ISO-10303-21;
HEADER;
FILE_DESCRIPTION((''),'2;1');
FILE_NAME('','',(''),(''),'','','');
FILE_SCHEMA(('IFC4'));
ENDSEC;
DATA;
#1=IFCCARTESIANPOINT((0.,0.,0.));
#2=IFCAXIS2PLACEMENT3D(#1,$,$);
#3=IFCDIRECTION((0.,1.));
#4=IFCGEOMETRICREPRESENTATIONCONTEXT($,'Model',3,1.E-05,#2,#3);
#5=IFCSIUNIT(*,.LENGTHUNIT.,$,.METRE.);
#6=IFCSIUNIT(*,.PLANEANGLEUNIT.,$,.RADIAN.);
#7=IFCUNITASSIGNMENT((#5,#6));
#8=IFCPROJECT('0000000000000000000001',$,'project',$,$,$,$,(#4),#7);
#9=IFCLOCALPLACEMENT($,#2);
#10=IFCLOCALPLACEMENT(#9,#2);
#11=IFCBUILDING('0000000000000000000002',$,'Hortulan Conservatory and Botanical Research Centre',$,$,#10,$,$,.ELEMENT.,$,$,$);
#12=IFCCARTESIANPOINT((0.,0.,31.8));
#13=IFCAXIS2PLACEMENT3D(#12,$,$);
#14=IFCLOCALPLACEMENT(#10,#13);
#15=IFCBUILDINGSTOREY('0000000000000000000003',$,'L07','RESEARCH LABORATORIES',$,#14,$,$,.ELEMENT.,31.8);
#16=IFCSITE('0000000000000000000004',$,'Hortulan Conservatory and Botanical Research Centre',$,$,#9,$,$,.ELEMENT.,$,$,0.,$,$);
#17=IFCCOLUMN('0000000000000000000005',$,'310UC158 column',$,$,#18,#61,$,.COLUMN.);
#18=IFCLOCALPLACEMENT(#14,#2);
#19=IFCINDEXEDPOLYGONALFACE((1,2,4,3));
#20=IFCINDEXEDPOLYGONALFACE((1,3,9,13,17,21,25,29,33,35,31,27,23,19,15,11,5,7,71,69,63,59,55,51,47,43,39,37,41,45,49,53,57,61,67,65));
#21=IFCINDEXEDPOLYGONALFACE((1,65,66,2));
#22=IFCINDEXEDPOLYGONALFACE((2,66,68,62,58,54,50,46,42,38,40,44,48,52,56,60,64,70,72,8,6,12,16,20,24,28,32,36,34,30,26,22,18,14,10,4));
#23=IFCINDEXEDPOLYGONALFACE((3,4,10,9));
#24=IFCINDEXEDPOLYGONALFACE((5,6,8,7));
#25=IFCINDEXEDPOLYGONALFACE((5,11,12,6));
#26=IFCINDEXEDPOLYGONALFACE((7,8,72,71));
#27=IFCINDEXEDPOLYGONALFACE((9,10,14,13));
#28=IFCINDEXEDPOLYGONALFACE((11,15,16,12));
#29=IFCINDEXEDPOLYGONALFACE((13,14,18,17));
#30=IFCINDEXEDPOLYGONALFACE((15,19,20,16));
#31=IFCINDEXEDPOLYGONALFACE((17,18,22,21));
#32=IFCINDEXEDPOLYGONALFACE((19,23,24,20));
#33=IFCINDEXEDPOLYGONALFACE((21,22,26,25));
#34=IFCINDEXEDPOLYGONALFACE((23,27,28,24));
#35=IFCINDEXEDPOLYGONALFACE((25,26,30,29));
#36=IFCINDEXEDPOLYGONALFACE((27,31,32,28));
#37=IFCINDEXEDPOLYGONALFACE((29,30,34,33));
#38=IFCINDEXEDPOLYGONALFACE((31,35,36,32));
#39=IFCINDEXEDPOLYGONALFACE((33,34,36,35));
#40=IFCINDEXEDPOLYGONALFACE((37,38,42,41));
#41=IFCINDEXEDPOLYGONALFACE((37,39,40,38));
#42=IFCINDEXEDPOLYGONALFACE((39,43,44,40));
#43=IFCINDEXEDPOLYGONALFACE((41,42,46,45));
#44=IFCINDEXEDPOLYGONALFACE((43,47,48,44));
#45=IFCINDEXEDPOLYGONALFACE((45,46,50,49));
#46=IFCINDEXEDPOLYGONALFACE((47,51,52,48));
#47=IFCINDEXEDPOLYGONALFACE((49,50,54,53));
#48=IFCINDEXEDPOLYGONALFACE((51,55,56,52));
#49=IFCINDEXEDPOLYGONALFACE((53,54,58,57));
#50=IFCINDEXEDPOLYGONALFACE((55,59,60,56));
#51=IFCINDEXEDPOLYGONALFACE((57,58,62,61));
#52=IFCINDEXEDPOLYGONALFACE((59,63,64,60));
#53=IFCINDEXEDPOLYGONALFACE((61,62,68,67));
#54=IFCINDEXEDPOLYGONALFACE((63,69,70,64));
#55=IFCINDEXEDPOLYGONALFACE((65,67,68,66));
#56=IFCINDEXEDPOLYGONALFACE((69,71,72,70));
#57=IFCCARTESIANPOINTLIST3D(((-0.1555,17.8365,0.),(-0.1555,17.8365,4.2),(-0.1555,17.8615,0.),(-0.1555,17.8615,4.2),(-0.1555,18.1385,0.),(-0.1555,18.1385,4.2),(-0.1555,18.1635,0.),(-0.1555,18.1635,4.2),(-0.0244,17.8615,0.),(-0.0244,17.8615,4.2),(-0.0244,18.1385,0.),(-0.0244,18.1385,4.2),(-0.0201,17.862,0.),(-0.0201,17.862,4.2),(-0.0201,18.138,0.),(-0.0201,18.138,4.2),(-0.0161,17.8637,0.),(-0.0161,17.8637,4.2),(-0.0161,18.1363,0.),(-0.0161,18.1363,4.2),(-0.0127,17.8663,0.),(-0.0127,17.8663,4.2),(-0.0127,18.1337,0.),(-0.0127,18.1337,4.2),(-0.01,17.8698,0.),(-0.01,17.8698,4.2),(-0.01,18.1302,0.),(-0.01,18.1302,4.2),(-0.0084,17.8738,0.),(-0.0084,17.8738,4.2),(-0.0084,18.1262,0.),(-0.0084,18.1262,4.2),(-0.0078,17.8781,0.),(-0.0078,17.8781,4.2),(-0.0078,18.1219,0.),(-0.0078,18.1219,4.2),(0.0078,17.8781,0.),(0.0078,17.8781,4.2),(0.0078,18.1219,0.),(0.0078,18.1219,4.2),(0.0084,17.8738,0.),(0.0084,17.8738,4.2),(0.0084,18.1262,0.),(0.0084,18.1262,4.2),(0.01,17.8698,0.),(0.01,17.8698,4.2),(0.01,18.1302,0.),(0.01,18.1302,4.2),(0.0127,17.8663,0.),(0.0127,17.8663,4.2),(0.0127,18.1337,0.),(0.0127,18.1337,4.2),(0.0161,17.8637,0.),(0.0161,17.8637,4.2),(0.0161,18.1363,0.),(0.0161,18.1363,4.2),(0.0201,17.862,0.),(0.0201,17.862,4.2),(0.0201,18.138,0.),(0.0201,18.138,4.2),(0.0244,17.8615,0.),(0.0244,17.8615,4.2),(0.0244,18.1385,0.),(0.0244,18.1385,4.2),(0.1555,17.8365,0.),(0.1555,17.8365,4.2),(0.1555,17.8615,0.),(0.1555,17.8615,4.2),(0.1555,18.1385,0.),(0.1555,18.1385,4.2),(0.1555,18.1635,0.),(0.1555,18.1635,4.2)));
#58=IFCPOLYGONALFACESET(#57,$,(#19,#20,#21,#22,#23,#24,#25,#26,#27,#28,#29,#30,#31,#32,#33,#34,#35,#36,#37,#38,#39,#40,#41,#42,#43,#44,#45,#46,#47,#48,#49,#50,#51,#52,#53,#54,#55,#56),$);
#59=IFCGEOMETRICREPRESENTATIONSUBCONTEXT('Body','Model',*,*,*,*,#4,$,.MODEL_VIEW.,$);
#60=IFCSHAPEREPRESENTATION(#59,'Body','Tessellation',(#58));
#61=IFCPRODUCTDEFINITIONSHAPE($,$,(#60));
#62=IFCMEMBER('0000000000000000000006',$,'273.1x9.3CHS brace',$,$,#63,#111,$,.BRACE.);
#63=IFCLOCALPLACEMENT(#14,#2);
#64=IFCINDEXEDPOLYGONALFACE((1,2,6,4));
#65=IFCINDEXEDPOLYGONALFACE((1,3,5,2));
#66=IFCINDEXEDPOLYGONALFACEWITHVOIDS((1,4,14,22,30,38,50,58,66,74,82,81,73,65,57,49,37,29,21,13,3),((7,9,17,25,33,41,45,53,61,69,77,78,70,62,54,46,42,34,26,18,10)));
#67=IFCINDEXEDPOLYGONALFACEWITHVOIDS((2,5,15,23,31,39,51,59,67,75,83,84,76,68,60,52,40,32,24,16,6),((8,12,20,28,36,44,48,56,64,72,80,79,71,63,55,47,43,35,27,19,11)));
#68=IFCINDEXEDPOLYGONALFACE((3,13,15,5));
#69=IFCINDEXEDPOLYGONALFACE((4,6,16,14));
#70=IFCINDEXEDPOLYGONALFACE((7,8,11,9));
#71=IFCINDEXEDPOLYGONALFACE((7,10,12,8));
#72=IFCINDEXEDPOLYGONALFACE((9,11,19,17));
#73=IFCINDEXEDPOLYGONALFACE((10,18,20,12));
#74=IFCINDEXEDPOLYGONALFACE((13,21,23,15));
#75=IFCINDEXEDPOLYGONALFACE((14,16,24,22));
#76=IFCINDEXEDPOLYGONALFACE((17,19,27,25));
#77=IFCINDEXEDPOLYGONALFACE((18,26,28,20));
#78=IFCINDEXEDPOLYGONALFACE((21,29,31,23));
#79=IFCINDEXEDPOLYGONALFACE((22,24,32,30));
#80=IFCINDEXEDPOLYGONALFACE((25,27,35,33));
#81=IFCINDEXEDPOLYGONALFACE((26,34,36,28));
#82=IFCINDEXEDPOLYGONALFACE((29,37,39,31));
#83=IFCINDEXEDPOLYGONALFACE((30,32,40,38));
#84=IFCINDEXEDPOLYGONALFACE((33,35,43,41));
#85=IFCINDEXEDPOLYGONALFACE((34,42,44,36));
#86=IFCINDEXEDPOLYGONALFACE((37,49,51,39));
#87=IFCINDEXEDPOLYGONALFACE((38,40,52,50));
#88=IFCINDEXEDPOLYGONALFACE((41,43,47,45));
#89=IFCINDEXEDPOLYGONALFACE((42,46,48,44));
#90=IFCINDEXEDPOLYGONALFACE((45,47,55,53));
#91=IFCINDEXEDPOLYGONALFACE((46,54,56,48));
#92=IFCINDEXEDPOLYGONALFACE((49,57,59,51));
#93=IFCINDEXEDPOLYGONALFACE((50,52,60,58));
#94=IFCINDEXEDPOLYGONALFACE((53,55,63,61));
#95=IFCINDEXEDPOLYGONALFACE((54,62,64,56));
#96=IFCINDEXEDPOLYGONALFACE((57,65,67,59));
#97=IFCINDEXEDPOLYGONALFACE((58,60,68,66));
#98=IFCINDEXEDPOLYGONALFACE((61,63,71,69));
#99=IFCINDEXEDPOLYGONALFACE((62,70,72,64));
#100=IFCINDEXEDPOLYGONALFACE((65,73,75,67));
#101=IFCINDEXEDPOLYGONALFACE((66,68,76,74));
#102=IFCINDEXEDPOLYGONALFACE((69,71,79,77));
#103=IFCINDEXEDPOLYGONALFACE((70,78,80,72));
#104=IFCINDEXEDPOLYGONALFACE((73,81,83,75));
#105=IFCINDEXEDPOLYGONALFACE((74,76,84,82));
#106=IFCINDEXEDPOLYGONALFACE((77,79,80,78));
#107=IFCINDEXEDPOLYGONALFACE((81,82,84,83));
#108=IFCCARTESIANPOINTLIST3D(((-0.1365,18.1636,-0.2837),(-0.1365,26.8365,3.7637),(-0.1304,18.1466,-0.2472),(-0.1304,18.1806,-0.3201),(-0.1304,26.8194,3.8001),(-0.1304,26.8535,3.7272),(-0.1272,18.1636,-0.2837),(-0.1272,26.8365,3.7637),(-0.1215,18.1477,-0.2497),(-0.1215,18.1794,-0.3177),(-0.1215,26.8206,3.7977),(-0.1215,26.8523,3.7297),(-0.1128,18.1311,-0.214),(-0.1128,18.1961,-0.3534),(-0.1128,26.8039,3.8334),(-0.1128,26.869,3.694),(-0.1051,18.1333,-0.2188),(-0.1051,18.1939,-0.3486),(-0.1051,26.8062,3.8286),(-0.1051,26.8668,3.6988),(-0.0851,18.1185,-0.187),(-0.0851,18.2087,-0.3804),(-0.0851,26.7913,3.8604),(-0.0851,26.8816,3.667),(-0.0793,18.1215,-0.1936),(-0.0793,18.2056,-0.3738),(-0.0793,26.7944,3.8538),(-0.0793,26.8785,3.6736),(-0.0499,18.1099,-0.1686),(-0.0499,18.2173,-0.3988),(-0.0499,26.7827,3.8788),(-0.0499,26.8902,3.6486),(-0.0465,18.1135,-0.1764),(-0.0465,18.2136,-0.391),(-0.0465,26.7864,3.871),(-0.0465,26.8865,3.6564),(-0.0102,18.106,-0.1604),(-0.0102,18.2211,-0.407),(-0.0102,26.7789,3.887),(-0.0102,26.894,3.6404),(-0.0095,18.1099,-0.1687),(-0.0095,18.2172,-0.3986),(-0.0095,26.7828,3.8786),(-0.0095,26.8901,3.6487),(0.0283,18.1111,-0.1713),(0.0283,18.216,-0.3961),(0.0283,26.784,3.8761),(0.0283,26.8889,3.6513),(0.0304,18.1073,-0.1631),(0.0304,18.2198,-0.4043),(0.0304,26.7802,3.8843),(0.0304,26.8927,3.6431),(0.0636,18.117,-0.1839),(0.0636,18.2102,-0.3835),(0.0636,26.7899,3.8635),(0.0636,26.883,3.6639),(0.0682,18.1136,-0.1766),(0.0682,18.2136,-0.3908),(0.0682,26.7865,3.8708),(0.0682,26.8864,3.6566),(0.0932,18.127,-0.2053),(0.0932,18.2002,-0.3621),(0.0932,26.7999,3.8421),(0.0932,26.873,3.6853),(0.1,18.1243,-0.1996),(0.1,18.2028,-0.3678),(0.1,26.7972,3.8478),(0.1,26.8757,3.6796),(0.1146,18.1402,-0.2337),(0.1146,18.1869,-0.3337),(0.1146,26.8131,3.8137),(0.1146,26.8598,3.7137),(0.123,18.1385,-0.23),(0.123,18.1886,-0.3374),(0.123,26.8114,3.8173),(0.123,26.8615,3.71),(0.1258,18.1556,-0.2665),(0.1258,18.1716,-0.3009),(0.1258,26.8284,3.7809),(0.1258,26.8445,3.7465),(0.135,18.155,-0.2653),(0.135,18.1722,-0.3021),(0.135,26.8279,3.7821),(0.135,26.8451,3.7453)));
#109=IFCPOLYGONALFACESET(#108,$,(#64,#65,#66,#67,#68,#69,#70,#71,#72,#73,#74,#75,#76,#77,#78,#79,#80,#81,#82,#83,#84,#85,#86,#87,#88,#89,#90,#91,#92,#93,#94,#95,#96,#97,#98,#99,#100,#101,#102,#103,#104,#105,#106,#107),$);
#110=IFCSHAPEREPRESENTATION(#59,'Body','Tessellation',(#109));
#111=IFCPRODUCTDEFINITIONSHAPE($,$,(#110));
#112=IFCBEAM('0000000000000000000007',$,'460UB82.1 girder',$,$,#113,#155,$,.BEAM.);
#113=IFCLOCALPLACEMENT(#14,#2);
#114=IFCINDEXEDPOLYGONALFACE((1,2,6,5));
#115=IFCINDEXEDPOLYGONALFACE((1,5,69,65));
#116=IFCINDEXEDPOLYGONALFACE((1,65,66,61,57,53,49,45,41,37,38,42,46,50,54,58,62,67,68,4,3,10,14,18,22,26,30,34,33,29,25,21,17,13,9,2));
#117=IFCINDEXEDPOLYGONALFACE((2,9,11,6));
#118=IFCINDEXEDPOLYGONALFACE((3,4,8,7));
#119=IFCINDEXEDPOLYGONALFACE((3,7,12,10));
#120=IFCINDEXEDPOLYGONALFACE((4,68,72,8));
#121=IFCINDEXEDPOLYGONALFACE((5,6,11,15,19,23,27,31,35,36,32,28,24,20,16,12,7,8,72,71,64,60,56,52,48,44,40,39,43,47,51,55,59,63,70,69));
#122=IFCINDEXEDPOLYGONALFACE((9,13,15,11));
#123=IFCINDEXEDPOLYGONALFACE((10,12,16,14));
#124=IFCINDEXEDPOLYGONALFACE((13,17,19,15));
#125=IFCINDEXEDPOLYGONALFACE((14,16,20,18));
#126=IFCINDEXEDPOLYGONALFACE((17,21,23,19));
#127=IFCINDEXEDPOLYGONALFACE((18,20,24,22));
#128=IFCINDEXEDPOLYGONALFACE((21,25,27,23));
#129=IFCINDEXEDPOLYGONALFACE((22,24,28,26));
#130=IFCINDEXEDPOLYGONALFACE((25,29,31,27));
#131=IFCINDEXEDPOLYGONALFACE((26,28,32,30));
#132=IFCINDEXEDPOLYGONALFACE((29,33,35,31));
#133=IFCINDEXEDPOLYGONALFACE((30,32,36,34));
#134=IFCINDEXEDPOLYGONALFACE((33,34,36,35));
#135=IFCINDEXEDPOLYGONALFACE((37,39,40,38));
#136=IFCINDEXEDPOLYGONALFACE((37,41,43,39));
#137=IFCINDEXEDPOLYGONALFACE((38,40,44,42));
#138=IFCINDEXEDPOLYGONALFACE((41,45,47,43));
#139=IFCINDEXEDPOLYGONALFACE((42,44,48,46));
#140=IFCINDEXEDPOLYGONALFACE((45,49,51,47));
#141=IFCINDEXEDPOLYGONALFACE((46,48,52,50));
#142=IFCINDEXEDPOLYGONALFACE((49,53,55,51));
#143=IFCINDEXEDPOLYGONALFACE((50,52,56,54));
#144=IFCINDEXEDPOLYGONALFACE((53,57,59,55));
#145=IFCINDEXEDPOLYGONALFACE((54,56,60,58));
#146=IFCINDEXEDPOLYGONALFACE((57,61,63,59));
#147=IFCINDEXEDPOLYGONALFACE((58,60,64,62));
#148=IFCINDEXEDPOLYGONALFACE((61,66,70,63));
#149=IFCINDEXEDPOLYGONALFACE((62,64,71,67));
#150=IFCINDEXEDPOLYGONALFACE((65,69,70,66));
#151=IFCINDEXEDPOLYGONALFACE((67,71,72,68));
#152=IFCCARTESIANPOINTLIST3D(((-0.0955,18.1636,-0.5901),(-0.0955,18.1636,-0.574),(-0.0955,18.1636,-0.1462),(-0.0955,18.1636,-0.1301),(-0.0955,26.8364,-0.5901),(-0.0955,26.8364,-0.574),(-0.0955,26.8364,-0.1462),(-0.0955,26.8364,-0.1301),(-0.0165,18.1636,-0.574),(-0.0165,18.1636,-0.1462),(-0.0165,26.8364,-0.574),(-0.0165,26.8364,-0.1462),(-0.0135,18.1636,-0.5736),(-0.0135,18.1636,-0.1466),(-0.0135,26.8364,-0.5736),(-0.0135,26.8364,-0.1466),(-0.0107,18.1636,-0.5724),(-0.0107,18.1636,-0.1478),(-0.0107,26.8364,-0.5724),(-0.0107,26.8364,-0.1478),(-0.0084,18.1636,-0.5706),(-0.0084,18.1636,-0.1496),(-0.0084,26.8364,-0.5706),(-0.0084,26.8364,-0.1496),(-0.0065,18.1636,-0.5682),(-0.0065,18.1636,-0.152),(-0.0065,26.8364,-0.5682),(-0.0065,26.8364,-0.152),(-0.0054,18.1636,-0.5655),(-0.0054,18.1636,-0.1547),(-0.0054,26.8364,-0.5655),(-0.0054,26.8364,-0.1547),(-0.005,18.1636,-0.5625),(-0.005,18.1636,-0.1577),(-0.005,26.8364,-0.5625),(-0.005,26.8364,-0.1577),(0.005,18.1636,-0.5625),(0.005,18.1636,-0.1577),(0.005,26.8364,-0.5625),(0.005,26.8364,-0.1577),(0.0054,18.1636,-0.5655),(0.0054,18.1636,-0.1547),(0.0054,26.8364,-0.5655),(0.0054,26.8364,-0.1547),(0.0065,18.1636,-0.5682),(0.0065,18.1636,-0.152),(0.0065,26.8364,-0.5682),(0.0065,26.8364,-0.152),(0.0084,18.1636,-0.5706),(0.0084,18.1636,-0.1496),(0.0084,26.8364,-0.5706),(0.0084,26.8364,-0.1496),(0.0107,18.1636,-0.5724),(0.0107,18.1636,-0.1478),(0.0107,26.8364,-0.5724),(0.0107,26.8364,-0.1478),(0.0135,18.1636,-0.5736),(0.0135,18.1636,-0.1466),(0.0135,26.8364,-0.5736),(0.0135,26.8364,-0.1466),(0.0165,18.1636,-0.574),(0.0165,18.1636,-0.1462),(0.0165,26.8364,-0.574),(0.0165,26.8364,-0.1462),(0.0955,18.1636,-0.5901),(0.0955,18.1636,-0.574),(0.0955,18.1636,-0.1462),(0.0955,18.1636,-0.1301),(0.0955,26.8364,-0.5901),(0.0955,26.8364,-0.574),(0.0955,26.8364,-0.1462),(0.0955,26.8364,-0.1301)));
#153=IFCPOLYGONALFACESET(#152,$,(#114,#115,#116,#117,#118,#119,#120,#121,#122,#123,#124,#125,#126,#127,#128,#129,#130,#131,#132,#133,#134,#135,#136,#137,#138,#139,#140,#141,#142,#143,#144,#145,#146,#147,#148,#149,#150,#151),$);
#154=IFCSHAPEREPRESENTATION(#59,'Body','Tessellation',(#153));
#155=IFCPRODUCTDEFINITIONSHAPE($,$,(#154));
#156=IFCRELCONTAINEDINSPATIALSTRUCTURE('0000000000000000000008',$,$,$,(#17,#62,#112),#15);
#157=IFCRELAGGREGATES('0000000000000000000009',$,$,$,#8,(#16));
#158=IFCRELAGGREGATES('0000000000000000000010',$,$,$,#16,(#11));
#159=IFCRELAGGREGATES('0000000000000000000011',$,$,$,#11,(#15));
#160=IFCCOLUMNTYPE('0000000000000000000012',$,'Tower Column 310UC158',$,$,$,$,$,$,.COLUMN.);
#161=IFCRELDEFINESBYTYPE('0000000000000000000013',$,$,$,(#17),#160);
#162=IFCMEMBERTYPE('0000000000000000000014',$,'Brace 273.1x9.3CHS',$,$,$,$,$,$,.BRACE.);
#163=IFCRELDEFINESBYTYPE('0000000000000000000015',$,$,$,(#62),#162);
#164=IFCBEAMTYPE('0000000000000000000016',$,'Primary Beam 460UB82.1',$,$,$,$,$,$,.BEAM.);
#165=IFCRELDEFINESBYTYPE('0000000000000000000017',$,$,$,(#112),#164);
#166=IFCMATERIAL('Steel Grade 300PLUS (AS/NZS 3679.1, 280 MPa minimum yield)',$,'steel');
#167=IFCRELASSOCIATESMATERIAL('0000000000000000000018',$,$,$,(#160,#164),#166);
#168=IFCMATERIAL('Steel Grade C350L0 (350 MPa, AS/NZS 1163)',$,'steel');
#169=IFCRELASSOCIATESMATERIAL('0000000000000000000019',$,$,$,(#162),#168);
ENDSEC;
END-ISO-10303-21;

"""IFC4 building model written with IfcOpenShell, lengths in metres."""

from ifc_helpers import new_model, si_unit, direction, frame, origin, origin_2d, place, context, subcontext, project, spatial, hollow_circle, i_section, extrude, material, material_profile, profile_set, type_object, element, save


model = new_model("IFC4")

# Units and contexts
model_context = context("Model", 3, precision=1e-05, world=origin(), true_north=direction((0.0, 1.0)))
body_context = subcontext(model_context, "Body", "Model", "MODEL_VIEW")
ifc_project = project(units=[si_unit("LENGTHUNIT", "METRE"), si_unit("PLANEANGLEUNIT", "RADIAN")], contexts=[model_context])

# Site, building, storey
site_placement = place(None, origin())
site = spatial("IfcSite", under=ifc_project, at=site_placement, Name="Hortulan Conservatory and Botanical Research Centre", CompositionType="ELEMENT", RefElevation=0.0)
building_placement = place(site_placement, origin())
building = spatial("IfcBuilding", under=site, at=building_placement, Name="Hortulan Conservatory and Botanical Research Centre", CompositionType="ELEMENT")
storey_placement = place(building_placement, frame((0.0, 0.0, 31.8)))
storey = spatial("IfcBuildingStorey", under=building, at=storey_placement, Name="L07", Description="RESEARCH LABORATORIES", CompositionType="ELEMENT", Elevation=31.8)

# Column
ifc_material_1 = material(Name="Steel Grade 300PLUS (AS/NZS 3679.1, 280 MPa minimum yield)", Category="steel")
ifc_material_profile_1 = material_profile(ifc_material_1, i_section(OverallWidth=0.311, OverallDepth=0.3269, WebThickness=0.0156, FlangeThickness=0.0249, FilletRadius=0.0166, at=origin_2d()), Name="310UC158")
ifc_profile_set_1 = profile_set([ifc_material_profile_1], Name="Steel Grade 300PLUS (AS/NZS 3679.1, 280 MPa minimum yield)")
column_type = type_object("IfcColumnType", Name="Tower Column 310UC158", PredefinedType="COLUMN", material=ifc_profile_set_1)
column_placement = place(storey_placement, frame((0.0, 18.0, 0.0), z_axis=(0.0, 0.0, 1.0), x_axis=(1.0, 0.0, 0.0)))
element("IfcColumn", 1, at=column_placement, inside=storey, type_object=column_type, Name="310UC158 column", PredefinedType="COLUMN", context=body_context, shape_type="SweptSolid", body=[
    extrude(i_section(OverallWidth=0.311, OverallDepth=0.3269, WebThickness=0.0156, FlangeThickness=0.0249, FilletRadius=0.0166, at=origin_2d()), origin(), (0.0, 0.0, 1.0), 4.2),
])

# Member
ifc_material_2 = material(Name="Steel Grade C350L0 (350 MPa, AS/NZS 1163)", Category="steel")
ifc_material_profile_2 = material_profile(ifc_material_2, hollow_circle(Radius=0.1365, WallThickness=0.0093, at=origin_2d()), Name="273.1x9.3CHS")
ifc_profile_set_2 = profile_set([ifc_material_profile_2], Name="Steel Grade C350L0 (350 MPa, AS/NZS 1163)")
member_type = type_object("IfcMemberType", Name="Brace 273.1x9.3CHS", PredefinedType="BRACE", material=ifc_profile_set_2)
member_placement = place(storey_placement, frame((0.0, 18.1636, -0.2837), z_axis=(0.0, 0.906182, 0.422888), x_axis=(-1.0, 0.0, 0.0)))
element("IfcMember", 2, at=member_placement, inside=storey, type_object=member_type, Name="273.1x9.3CHS brace", PredefinedType="BRACE", context=body_context, shape_type="SweptSolid", body=[
    extrude(hollow_circle(Radius=0.1365, WallThickness=0.0093, at=origin_2d()), origin(), (0.0, 0.0, 1.0), 9.5708),
])

# Beam
ifc_material_profile_3 = material_profile(ifc_material_1, i_section(OverallWidth=0.1909, OverallDepth=0.46, WebThickness=0.01, FlangeThickness=0.0161, FilletRadius=0.0115, at=origin_2d()), Name="460UB82.1")
ifc_profile_set_3 = profile_set([ifc_material_profile_3], Name="Steel Grade 300PLUS (AS/NZS 3679.1, 280 MPa minimum yield)")
beam_type_1 = type_object("IfcBeamType", Name="Primary Beam 460UB82.1", PredefinedType="BEAM", material=ifc_profile_set_3)
beam_1_placement = place(storey_placement, frame((0.0, 18.1636, -0.3601), z_axis=(0.0, 1.0, 0.0), x_axis=(-1.0, 0.0, 0.0)))
element("IfcBeam", 3, at=beam_1_placement, inside=storey, type_object=beam_type_1, Name="460UB82.1 girder", PredefinedType="BEAM", context=body_context, shape_type="SweptSolid", body=[
    extrude(i_section(OverallWidth=0.1909, OverallDepth=0.46, WebThickness=0.01, FlangeThickness=0.0161, FilletRadius=0.0115, at=origin_2d()), origin(), (0.0, 0.0, 1.0), 8.6729),
])

save(model, "model.ifc")
